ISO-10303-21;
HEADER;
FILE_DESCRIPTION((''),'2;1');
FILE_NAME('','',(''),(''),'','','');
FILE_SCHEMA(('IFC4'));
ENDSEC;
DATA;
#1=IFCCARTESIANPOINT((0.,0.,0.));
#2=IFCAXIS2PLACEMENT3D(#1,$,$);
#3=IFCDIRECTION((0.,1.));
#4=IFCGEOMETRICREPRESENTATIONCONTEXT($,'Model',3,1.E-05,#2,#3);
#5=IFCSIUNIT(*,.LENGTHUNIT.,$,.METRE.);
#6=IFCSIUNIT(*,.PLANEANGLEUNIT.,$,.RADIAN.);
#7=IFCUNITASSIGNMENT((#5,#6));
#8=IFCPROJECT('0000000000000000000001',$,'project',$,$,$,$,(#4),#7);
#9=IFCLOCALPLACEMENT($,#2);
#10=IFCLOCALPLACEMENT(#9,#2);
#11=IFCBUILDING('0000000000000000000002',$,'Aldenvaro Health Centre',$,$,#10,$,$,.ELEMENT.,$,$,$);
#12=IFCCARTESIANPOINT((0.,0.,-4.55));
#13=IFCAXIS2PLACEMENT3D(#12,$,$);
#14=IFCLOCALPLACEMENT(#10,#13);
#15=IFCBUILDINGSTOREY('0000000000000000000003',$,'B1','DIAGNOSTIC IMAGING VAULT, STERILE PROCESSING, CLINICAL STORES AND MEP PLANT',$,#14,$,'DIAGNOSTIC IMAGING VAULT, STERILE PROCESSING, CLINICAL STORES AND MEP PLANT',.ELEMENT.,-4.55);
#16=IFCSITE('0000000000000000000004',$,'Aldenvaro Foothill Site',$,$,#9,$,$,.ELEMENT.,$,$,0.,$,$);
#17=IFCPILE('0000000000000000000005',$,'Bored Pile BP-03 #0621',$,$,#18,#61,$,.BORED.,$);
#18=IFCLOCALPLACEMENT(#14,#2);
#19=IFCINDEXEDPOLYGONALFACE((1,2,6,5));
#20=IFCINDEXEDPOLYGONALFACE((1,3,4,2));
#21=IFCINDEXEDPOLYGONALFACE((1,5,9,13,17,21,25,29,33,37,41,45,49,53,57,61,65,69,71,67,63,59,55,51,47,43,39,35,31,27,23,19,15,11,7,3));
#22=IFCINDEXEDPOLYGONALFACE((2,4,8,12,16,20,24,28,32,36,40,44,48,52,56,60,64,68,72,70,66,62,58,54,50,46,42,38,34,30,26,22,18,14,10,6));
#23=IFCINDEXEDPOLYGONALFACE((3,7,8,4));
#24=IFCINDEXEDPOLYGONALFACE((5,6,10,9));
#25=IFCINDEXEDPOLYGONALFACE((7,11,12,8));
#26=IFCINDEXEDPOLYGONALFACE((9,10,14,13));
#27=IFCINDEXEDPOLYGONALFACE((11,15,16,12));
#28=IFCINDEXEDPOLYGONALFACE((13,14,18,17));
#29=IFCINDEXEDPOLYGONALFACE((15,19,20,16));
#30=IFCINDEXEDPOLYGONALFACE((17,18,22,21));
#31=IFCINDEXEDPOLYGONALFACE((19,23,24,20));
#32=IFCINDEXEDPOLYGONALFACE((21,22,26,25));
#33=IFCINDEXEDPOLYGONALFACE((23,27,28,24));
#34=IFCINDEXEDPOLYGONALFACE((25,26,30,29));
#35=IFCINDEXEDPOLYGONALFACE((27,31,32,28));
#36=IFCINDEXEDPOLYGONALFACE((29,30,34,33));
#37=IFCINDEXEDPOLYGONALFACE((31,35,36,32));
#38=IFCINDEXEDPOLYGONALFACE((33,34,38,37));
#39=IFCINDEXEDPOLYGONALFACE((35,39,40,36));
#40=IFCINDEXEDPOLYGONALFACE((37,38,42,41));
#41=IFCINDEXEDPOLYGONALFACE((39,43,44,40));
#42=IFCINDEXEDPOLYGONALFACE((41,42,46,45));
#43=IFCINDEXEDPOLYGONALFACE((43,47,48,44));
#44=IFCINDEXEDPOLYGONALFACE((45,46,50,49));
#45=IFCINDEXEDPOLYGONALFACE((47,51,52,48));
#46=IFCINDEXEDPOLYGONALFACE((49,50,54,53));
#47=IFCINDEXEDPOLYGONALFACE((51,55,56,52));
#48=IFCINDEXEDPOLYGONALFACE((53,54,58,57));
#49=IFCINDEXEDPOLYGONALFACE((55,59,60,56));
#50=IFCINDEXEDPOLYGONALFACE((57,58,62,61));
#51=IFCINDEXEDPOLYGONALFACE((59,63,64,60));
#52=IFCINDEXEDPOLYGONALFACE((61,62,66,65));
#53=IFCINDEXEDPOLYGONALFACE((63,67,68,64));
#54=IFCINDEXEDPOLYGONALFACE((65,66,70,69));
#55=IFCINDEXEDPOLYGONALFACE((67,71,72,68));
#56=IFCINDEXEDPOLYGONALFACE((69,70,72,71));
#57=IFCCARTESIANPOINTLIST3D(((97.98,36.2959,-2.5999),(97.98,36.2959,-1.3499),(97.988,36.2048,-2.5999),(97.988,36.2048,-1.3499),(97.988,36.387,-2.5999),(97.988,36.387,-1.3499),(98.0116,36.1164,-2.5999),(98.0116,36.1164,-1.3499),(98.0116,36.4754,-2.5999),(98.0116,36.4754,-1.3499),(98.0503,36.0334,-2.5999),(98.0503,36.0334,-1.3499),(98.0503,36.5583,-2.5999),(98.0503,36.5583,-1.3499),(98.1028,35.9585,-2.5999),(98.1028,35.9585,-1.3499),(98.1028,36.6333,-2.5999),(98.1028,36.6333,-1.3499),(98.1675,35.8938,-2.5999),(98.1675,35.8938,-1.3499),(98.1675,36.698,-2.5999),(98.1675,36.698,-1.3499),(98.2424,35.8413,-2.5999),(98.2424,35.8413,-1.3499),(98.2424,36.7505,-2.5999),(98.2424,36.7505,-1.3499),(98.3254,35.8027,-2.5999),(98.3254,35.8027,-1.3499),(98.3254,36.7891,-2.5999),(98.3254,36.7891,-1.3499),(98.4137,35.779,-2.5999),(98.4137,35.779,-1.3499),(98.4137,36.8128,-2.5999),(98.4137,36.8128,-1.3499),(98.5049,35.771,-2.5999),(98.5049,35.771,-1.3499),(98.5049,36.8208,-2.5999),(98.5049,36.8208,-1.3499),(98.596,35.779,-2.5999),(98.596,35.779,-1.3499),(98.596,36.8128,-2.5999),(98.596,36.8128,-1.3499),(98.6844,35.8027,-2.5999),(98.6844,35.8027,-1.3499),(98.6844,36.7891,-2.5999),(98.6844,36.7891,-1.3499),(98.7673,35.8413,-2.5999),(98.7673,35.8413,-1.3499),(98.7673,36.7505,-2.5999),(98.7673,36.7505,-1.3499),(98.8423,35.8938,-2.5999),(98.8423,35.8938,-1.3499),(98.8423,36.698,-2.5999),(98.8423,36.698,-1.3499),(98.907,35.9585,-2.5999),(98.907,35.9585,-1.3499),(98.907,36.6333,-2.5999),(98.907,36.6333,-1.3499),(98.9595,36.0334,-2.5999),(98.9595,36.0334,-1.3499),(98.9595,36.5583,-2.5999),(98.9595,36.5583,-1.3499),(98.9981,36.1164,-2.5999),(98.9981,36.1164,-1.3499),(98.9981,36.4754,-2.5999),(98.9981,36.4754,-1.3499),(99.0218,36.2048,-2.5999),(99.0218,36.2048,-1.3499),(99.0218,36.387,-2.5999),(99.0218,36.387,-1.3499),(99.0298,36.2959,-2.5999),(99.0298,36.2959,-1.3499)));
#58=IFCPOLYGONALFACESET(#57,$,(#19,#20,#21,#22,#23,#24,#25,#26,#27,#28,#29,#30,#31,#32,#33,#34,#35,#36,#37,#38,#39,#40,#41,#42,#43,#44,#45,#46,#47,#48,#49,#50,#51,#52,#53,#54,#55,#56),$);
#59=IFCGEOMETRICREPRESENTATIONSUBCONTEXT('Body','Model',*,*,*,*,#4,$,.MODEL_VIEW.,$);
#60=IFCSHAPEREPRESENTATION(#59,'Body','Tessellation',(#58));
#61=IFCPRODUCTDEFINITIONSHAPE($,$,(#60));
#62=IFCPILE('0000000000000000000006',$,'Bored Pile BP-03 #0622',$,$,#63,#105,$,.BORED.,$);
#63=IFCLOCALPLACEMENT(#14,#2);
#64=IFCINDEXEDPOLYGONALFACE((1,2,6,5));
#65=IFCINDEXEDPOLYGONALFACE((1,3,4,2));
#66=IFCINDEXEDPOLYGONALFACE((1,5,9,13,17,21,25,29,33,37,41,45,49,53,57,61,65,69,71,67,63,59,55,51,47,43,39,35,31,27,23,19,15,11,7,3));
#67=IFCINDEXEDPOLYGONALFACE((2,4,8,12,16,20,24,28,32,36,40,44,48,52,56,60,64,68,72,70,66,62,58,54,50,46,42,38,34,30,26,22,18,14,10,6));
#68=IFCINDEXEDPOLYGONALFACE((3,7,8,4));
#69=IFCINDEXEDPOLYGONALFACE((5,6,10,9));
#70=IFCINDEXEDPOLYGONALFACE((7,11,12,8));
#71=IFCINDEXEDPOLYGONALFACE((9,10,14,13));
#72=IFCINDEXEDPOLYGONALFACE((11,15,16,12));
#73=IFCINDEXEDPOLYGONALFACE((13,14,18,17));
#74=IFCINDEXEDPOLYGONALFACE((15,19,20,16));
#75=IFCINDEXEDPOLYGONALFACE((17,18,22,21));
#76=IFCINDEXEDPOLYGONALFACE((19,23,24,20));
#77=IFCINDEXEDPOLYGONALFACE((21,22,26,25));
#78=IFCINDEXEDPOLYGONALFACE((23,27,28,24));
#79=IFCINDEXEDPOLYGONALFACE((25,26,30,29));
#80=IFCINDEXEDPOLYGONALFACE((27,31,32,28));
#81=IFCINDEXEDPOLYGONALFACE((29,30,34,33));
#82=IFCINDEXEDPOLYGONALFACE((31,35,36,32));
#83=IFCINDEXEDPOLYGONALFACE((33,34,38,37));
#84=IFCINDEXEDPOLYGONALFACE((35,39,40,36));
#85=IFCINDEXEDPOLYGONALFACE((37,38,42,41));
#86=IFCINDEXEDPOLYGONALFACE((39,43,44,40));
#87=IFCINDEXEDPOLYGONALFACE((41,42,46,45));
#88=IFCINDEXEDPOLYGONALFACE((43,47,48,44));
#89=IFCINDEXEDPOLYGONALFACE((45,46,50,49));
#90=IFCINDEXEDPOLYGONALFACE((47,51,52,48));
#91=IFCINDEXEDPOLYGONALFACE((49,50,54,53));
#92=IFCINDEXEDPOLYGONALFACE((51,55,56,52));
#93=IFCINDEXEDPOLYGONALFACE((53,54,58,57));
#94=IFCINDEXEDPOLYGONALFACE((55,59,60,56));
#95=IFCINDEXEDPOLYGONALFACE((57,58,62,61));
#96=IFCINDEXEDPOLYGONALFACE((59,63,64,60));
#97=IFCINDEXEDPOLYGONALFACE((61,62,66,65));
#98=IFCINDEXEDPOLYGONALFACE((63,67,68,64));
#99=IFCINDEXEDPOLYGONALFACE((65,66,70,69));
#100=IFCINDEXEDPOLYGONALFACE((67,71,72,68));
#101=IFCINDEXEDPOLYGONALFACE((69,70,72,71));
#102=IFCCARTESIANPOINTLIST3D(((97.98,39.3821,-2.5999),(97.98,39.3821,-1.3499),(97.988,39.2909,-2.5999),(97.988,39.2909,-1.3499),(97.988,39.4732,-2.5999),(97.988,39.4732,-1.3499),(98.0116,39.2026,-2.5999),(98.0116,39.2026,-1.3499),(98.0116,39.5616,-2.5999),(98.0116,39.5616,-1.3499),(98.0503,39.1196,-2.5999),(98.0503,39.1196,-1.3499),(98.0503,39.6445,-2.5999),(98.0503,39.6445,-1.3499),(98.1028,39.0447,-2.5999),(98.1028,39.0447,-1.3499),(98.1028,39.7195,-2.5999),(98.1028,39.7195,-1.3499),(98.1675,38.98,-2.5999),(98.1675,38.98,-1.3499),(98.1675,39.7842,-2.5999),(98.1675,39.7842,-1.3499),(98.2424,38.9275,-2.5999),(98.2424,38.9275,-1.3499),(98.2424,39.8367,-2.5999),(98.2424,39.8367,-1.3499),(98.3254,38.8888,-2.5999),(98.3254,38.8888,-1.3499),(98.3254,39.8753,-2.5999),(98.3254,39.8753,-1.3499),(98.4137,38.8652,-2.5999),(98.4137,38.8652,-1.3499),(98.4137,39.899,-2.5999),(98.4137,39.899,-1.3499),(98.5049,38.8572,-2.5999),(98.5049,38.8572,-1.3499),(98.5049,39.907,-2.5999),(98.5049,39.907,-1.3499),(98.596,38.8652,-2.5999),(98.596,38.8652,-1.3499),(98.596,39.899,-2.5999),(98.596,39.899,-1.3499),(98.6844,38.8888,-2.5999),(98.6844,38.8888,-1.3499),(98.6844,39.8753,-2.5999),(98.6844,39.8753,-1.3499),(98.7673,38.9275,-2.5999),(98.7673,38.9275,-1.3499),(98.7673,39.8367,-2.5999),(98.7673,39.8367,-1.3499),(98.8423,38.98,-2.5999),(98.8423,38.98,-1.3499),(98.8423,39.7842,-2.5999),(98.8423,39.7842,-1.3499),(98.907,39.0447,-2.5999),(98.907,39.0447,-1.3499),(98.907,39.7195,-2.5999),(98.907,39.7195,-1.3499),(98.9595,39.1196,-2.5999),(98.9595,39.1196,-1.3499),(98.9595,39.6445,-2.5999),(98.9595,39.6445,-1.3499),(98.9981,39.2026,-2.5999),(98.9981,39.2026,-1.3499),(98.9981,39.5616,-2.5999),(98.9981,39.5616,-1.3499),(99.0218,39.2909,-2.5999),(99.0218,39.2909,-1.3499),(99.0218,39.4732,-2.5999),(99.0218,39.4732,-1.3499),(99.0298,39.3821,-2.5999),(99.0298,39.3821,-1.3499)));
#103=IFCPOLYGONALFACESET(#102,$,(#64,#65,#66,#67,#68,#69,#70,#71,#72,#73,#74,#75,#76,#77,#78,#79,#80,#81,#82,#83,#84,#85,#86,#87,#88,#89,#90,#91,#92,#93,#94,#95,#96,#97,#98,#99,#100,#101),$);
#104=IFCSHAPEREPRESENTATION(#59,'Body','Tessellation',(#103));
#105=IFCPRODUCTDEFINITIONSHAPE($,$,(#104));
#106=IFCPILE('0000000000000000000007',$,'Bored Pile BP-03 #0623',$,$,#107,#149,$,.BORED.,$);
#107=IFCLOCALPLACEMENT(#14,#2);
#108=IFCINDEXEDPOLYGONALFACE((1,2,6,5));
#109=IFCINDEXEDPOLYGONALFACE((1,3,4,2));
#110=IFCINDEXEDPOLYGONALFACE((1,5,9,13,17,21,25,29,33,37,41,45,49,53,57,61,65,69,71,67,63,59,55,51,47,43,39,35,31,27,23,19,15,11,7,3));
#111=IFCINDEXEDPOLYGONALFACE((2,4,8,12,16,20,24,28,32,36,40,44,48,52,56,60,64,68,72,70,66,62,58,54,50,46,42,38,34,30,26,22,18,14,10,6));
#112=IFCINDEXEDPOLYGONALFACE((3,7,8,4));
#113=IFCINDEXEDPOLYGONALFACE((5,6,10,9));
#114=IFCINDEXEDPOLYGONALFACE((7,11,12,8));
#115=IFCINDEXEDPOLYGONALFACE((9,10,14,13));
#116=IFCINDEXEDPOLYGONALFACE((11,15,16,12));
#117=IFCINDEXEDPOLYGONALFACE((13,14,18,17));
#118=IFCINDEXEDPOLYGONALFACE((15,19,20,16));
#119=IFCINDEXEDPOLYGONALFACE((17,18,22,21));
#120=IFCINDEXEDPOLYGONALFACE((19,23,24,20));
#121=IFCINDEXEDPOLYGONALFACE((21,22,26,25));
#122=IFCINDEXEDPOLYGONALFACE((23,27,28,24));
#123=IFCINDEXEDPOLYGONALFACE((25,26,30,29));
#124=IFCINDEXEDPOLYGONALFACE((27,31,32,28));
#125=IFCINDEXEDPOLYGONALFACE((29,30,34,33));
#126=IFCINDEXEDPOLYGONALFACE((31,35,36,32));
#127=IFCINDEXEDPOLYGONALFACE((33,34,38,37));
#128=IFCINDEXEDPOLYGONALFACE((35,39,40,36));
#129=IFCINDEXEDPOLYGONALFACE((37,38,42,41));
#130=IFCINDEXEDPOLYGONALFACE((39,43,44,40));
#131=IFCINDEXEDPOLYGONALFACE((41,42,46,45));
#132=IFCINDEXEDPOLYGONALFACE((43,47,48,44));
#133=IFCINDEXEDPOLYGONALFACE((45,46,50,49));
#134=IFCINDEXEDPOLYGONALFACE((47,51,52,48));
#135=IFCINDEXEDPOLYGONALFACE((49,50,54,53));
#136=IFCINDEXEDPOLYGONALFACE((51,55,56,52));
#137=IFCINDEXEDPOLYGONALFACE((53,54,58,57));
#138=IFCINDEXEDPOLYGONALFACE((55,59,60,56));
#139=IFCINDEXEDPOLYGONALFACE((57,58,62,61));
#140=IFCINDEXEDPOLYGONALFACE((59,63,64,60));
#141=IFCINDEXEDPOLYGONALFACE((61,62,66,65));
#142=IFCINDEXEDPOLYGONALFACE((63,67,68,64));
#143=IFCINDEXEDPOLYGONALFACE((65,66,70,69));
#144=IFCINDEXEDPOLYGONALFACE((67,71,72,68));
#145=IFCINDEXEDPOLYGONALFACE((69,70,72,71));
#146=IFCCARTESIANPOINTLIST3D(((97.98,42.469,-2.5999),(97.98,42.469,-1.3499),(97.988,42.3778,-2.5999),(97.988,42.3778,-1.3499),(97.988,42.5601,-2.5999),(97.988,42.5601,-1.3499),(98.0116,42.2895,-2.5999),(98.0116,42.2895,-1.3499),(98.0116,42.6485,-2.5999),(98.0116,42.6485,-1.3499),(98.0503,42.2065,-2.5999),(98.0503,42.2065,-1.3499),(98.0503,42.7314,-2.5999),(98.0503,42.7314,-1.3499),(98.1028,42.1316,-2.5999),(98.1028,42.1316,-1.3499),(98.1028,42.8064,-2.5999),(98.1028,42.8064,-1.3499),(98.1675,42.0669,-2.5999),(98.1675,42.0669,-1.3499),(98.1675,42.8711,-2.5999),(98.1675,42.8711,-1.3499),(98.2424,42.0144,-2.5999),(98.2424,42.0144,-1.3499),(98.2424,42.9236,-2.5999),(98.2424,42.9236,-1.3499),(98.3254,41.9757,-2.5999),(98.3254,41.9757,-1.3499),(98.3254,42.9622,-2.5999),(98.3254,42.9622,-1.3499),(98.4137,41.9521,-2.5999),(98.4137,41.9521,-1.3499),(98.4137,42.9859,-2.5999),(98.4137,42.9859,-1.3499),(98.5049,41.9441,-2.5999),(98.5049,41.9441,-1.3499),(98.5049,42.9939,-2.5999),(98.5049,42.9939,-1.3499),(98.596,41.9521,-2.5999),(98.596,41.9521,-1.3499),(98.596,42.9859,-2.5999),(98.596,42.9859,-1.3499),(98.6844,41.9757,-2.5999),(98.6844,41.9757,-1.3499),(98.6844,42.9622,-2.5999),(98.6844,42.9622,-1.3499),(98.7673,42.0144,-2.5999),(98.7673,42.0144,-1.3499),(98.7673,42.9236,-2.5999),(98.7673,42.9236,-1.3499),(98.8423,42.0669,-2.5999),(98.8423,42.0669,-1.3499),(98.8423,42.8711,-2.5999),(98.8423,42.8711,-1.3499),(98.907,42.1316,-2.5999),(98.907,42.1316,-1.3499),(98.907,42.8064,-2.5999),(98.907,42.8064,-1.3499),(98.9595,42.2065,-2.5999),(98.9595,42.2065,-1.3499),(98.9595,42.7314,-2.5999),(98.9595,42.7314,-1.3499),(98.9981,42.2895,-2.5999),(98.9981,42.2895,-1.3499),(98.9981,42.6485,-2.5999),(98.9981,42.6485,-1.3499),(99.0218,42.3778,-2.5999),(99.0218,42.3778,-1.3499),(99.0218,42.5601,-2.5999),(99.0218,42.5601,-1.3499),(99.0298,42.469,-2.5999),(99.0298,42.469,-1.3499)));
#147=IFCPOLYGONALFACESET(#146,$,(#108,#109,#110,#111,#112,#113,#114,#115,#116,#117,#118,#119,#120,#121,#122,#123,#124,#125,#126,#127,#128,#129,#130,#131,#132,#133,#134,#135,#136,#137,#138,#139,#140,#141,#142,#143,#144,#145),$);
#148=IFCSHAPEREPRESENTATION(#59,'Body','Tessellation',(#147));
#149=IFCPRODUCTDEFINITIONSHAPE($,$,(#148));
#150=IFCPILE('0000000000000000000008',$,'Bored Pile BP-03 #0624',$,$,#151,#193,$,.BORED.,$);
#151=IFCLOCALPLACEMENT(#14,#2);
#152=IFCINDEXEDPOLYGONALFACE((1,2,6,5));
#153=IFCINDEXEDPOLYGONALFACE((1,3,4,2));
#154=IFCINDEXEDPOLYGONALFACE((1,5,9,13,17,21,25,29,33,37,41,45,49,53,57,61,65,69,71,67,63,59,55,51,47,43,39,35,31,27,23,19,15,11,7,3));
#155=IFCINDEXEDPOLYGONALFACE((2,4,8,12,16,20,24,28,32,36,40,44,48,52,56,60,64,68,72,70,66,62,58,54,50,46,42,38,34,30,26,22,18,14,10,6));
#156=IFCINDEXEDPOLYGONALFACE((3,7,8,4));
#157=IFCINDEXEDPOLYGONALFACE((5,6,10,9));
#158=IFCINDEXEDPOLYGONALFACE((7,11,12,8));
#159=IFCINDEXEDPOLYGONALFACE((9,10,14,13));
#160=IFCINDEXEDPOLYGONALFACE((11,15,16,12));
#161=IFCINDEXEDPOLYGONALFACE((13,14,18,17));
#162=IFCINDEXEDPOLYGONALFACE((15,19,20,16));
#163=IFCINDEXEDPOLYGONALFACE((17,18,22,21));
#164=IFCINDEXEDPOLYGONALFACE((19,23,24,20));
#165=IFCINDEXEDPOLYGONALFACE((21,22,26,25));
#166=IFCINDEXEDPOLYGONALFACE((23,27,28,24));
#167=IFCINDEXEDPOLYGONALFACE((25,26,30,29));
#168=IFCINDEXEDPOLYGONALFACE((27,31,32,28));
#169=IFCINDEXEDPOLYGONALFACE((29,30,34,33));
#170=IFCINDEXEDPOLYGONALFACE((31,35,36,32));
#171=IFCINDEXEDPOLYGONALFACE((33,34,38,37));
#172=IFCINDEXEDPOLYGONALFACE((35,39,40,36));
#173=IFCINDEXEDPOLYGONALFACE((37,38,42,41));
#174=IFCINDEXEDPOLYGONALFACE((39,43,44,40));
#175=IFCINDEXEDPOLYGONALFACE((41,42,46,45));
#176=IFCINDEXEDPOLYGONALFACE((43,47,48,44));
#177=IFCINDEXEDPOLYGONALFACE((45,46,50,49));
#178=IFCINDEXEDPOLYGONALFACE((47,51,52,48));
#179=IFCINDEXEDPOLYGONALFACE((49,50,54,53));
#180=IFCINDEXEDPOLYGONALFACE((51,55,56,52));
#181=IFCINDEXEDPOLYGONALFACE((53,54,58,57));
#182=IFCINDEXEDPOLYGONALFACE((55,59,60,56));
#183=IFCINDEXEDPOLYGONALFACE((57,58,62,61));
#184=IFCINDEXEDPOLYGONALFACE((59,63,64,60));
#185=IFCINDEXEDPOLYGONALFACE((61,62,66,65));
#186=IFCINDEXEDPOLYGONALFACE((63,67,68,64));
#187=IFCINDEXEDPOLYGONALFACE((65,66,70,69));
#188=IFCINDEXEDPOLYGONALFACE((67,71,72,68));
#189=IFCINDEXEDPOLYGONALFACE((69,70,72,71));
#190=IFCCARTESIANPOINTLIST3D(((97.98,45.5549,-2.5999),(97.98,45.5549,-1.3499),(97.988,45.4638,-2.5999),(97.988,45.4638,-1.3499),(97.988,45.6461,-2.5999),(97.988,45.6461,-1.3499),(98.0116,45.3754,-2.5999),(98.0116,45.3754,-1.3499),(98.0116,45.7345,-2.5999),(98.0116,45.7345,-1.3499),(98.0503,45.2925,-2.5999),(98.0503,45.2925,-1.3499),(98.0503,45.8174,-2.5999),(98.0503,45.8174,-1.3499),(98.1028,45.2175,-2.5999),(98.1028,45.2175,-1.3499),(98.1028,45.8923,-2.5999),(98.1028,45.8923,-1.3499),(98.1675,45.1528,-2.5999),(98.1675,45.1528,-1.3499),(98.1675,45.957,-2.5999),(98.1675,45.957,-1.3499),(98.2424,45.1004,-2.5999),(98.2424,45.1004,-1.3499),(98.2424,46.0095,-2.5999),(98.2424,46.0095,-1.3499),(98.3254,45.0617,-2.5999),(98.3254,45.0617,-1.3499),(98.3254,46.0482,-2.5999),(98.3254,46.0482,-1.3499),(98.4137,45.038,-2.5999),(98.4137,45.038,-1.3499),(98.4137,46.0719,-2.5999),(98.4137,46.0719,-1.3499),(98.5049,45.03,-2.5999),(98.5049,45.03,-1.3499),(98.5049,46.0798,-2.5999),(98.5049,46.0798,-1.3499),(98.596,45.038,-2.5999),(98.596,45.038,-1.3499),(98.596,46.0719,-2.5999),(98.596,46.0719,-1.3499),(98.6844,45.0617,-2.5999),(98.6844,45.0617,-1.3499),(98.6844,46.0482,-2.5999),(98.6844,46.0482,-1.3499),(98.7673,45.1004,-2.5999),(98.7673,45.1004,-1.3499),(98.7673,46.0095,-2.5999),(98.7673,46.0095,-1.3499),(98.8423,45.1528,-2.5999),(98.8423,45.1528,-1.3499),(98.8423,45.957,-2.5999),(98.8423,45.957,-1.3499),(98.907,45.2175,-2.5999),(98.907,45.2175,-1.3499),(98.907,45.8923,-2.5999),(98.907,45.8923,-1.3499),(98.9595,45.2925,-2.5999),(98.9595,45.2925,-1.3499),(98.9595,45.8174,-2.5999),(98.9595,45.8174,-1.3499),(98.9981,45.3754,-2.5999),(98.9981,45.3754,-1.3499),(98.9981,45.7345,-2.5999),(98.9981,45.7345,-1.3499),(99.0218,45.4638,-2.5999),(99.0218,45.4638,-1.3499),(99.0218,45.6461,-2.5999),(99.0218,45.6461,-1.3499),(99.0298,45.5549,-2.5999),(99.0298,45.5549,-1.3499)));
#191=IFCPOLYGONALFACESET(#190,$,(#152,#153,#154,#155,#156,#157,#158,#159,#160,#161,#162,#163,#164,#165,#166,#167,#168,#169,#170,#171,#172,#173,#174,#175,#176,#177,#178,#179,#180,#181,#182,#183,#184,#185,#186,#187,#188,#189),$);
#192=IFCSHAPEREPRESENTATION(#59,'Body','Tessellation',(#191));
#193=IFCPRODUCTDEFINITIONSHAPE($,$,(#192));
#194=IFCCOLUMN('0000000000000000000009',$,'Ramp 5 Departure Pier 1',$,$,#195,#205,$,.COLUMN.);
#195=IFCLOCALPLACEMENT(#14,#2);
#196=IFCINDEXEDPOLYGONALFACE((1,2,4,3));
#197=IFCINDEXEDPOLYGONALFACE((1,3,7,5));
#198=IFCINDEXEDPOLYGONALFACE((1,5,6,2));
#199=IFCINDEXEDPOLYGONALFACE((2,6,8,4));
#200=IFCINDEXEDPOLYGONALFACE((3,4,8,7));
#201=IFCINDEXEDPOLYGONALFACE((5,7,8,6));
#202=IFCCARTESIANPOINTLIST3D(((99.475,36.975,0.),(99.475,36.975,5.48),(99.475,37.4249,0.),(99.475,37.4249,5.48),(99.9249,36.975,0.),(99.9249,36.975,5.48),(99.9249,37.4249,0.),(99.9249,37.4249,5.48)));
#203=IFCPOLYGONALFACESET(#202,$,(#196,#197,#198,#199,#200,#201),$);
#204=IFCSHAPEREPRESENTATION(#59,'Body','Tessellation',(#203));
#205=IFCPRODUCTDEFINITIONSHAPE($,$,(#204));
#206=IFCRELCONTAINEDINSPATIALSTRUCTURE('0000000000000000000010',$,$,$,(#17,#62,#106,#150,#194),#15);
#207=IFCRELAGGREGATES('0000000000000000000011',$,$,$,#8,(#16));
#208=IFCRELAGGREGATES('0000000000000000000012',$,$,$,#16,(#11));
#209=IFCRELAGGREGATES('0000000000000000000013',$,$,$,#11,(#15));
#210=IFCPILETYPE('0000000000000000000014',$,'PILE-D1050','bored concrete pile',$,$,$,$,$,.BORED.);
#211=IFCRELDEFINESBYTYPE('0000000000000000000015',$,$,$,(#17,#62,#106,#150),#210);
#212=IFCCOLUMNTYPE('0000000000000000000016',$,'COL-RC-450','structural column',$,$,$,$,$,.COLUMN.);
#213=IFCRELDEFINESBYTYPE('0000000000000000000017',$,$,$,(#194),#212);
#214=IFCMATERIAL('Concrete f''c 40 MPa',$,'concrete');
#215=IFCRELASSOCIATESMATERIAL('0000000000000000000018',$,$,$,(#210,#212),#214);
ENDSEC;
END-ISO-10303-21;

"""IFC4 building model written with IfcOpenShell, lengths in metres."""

from ifc_helpers import new_model, si_unit, direction, frame, origin, origin_2d, place, context, subcontext, project, spatial, rectangle, circle, extrude, material, material_profile, profile_set, type_object, element, save


model = new_model("IFC4")

# Units and contexts
model_context = context("Model", 3, precision=1e-05, world=origin(), true_north=direction((0.0, 1.0)))
body_context = subcontext(model_context, "Body", "Model", "MODEL_VIEW")
ifc_project = project(units=[si_unit("LENGTHUNIT", "METRE"), si_unit("PLANEANGLEUNIT", "RADIAN")], contexts=[model_context])

# Site, building, storey
site_placement = place(None, origin())
site = spatial("IfcSite", under=ifc_project, at=site_placement, Name="Aldenvaro Foothill Site", CompositionType="ELEMENT", RefElevation=0.0)
building_placement = place(site_placement, origin())
building = spatial("IfcBuilding", under=site, at=building_placement, Name="Aldenvaro Health Centre", CompositionType="ELEMENT")
storey_placement = place(building_placement, frame((0.0, 0.0, -4.55)))
storey = spatial("IfcBuildingStorey", under=building, at=storey_placement, Name="B1", Description="DIAGNOSTIC IMAGING VAULT, STERILE PROCESSING, CLINICAL STORES AND MEP PLANT", LongName="DIAGNOSTIC IMAGING VAULT, STERILE PROCESSING, CLINICAL STORES AND MEP PLANT", CompositionType="ELEMENT", Elevation=-4.55)

# Piles
ifc_material_1 = material(Name="Concrete f'c 40 MPa", Category="concrete")
ifc_material_profile_1 = material_profile(ifc_material_1, circle(Radius=0.5249, at=origin_2d()), Name="PILE D1050", Category="concrete")
ifc_profile_set_1 = profile_set([ifc_material_profile_1], Name="Concrete f'c 40 MPa")
pile_type = type_object("IfcPileType", Name="PILE-D1050", Description="bored concrete pile", PredefinedType="BORED", material=ifc_profile_set_1)
for number, where, z_axis, x_axis, name in (
    (1, (98.5049, 36.2959, -1.3499), (0.0, 0.0, -1.0), (1.0, 0.0, 0.0), "Bored Pile BP-03 #0621"),
    (2, (98.5049, 39.3821, -1.3499), (0.0, 0.0, -1.0), (1.0, 0.0, 0.0), "Bored Pile BP-03 #0622"),
    (3, (98.5049, 42.469, -1.3499), (0.0, 0.0, -1.0), (1.0, 0.0, 0.0), "Bored Pile BP-03 #0623"),
    (4, (98.5049, 45.5549, -1.3499), (0.0, 0.0, -1.0), (1.0, 0.0, 0.0), "Bored Pile BP-03 #0624"),
):
    element("IfcPile", number, at=place(storey_placement, frame(where, z_axis=z_axis, x_axis=x_axis)), inside=storey, type_object=pile_type, Name=name, PredefinedType="BORED", context=body_context, shape_type="SweptSolid", body=[
        extrude(circle(Radius=0.5249, at=origin_2d()), origin(), (0.0, 0.0, 1.0), 1.25),
    ])

# Column
ifc_material_profile_2 = material_profile(ifc_material_1, rectangle(XDim=0.45, YDim=0.45, at=origin_2d()), Name="RC 450x450", Category="concrete")
ifc_profile_set_2 = profile_set([ifc_material_profile_2], Name="Concrete f'c 40 MPa")
column_type_1 = type_object("IfcColumnType", Name="COL-RC-450", Description="structural column", PredefinedType="COLUMN", material=ifc_profile_set_2)
for number, where, z_axis, x_axis, name in (
    (5, (99.7, 37.2, 0.0), (0.0, 0.0, 1.0), (1.0, 0.0, 0.0), "Ramp 5 Departure Pier 1"),
):
    element("IfcColumn", number, at=place(storey_placement, frame(where, z_axis=z_axis, x_axis=x_axis)), inside=storey, type_object=column_type_1, Name=name, PredefinedType="COLUMN", context=body_context, shape_type="SweptSolid", body=[
        extrude(rectangle(XDim=0.45, YDim=0.45, at=origin_2d()), origin(), (0.0, 0.0, 1.0), 5.48),
    ])

save(model, "model.ifc")
